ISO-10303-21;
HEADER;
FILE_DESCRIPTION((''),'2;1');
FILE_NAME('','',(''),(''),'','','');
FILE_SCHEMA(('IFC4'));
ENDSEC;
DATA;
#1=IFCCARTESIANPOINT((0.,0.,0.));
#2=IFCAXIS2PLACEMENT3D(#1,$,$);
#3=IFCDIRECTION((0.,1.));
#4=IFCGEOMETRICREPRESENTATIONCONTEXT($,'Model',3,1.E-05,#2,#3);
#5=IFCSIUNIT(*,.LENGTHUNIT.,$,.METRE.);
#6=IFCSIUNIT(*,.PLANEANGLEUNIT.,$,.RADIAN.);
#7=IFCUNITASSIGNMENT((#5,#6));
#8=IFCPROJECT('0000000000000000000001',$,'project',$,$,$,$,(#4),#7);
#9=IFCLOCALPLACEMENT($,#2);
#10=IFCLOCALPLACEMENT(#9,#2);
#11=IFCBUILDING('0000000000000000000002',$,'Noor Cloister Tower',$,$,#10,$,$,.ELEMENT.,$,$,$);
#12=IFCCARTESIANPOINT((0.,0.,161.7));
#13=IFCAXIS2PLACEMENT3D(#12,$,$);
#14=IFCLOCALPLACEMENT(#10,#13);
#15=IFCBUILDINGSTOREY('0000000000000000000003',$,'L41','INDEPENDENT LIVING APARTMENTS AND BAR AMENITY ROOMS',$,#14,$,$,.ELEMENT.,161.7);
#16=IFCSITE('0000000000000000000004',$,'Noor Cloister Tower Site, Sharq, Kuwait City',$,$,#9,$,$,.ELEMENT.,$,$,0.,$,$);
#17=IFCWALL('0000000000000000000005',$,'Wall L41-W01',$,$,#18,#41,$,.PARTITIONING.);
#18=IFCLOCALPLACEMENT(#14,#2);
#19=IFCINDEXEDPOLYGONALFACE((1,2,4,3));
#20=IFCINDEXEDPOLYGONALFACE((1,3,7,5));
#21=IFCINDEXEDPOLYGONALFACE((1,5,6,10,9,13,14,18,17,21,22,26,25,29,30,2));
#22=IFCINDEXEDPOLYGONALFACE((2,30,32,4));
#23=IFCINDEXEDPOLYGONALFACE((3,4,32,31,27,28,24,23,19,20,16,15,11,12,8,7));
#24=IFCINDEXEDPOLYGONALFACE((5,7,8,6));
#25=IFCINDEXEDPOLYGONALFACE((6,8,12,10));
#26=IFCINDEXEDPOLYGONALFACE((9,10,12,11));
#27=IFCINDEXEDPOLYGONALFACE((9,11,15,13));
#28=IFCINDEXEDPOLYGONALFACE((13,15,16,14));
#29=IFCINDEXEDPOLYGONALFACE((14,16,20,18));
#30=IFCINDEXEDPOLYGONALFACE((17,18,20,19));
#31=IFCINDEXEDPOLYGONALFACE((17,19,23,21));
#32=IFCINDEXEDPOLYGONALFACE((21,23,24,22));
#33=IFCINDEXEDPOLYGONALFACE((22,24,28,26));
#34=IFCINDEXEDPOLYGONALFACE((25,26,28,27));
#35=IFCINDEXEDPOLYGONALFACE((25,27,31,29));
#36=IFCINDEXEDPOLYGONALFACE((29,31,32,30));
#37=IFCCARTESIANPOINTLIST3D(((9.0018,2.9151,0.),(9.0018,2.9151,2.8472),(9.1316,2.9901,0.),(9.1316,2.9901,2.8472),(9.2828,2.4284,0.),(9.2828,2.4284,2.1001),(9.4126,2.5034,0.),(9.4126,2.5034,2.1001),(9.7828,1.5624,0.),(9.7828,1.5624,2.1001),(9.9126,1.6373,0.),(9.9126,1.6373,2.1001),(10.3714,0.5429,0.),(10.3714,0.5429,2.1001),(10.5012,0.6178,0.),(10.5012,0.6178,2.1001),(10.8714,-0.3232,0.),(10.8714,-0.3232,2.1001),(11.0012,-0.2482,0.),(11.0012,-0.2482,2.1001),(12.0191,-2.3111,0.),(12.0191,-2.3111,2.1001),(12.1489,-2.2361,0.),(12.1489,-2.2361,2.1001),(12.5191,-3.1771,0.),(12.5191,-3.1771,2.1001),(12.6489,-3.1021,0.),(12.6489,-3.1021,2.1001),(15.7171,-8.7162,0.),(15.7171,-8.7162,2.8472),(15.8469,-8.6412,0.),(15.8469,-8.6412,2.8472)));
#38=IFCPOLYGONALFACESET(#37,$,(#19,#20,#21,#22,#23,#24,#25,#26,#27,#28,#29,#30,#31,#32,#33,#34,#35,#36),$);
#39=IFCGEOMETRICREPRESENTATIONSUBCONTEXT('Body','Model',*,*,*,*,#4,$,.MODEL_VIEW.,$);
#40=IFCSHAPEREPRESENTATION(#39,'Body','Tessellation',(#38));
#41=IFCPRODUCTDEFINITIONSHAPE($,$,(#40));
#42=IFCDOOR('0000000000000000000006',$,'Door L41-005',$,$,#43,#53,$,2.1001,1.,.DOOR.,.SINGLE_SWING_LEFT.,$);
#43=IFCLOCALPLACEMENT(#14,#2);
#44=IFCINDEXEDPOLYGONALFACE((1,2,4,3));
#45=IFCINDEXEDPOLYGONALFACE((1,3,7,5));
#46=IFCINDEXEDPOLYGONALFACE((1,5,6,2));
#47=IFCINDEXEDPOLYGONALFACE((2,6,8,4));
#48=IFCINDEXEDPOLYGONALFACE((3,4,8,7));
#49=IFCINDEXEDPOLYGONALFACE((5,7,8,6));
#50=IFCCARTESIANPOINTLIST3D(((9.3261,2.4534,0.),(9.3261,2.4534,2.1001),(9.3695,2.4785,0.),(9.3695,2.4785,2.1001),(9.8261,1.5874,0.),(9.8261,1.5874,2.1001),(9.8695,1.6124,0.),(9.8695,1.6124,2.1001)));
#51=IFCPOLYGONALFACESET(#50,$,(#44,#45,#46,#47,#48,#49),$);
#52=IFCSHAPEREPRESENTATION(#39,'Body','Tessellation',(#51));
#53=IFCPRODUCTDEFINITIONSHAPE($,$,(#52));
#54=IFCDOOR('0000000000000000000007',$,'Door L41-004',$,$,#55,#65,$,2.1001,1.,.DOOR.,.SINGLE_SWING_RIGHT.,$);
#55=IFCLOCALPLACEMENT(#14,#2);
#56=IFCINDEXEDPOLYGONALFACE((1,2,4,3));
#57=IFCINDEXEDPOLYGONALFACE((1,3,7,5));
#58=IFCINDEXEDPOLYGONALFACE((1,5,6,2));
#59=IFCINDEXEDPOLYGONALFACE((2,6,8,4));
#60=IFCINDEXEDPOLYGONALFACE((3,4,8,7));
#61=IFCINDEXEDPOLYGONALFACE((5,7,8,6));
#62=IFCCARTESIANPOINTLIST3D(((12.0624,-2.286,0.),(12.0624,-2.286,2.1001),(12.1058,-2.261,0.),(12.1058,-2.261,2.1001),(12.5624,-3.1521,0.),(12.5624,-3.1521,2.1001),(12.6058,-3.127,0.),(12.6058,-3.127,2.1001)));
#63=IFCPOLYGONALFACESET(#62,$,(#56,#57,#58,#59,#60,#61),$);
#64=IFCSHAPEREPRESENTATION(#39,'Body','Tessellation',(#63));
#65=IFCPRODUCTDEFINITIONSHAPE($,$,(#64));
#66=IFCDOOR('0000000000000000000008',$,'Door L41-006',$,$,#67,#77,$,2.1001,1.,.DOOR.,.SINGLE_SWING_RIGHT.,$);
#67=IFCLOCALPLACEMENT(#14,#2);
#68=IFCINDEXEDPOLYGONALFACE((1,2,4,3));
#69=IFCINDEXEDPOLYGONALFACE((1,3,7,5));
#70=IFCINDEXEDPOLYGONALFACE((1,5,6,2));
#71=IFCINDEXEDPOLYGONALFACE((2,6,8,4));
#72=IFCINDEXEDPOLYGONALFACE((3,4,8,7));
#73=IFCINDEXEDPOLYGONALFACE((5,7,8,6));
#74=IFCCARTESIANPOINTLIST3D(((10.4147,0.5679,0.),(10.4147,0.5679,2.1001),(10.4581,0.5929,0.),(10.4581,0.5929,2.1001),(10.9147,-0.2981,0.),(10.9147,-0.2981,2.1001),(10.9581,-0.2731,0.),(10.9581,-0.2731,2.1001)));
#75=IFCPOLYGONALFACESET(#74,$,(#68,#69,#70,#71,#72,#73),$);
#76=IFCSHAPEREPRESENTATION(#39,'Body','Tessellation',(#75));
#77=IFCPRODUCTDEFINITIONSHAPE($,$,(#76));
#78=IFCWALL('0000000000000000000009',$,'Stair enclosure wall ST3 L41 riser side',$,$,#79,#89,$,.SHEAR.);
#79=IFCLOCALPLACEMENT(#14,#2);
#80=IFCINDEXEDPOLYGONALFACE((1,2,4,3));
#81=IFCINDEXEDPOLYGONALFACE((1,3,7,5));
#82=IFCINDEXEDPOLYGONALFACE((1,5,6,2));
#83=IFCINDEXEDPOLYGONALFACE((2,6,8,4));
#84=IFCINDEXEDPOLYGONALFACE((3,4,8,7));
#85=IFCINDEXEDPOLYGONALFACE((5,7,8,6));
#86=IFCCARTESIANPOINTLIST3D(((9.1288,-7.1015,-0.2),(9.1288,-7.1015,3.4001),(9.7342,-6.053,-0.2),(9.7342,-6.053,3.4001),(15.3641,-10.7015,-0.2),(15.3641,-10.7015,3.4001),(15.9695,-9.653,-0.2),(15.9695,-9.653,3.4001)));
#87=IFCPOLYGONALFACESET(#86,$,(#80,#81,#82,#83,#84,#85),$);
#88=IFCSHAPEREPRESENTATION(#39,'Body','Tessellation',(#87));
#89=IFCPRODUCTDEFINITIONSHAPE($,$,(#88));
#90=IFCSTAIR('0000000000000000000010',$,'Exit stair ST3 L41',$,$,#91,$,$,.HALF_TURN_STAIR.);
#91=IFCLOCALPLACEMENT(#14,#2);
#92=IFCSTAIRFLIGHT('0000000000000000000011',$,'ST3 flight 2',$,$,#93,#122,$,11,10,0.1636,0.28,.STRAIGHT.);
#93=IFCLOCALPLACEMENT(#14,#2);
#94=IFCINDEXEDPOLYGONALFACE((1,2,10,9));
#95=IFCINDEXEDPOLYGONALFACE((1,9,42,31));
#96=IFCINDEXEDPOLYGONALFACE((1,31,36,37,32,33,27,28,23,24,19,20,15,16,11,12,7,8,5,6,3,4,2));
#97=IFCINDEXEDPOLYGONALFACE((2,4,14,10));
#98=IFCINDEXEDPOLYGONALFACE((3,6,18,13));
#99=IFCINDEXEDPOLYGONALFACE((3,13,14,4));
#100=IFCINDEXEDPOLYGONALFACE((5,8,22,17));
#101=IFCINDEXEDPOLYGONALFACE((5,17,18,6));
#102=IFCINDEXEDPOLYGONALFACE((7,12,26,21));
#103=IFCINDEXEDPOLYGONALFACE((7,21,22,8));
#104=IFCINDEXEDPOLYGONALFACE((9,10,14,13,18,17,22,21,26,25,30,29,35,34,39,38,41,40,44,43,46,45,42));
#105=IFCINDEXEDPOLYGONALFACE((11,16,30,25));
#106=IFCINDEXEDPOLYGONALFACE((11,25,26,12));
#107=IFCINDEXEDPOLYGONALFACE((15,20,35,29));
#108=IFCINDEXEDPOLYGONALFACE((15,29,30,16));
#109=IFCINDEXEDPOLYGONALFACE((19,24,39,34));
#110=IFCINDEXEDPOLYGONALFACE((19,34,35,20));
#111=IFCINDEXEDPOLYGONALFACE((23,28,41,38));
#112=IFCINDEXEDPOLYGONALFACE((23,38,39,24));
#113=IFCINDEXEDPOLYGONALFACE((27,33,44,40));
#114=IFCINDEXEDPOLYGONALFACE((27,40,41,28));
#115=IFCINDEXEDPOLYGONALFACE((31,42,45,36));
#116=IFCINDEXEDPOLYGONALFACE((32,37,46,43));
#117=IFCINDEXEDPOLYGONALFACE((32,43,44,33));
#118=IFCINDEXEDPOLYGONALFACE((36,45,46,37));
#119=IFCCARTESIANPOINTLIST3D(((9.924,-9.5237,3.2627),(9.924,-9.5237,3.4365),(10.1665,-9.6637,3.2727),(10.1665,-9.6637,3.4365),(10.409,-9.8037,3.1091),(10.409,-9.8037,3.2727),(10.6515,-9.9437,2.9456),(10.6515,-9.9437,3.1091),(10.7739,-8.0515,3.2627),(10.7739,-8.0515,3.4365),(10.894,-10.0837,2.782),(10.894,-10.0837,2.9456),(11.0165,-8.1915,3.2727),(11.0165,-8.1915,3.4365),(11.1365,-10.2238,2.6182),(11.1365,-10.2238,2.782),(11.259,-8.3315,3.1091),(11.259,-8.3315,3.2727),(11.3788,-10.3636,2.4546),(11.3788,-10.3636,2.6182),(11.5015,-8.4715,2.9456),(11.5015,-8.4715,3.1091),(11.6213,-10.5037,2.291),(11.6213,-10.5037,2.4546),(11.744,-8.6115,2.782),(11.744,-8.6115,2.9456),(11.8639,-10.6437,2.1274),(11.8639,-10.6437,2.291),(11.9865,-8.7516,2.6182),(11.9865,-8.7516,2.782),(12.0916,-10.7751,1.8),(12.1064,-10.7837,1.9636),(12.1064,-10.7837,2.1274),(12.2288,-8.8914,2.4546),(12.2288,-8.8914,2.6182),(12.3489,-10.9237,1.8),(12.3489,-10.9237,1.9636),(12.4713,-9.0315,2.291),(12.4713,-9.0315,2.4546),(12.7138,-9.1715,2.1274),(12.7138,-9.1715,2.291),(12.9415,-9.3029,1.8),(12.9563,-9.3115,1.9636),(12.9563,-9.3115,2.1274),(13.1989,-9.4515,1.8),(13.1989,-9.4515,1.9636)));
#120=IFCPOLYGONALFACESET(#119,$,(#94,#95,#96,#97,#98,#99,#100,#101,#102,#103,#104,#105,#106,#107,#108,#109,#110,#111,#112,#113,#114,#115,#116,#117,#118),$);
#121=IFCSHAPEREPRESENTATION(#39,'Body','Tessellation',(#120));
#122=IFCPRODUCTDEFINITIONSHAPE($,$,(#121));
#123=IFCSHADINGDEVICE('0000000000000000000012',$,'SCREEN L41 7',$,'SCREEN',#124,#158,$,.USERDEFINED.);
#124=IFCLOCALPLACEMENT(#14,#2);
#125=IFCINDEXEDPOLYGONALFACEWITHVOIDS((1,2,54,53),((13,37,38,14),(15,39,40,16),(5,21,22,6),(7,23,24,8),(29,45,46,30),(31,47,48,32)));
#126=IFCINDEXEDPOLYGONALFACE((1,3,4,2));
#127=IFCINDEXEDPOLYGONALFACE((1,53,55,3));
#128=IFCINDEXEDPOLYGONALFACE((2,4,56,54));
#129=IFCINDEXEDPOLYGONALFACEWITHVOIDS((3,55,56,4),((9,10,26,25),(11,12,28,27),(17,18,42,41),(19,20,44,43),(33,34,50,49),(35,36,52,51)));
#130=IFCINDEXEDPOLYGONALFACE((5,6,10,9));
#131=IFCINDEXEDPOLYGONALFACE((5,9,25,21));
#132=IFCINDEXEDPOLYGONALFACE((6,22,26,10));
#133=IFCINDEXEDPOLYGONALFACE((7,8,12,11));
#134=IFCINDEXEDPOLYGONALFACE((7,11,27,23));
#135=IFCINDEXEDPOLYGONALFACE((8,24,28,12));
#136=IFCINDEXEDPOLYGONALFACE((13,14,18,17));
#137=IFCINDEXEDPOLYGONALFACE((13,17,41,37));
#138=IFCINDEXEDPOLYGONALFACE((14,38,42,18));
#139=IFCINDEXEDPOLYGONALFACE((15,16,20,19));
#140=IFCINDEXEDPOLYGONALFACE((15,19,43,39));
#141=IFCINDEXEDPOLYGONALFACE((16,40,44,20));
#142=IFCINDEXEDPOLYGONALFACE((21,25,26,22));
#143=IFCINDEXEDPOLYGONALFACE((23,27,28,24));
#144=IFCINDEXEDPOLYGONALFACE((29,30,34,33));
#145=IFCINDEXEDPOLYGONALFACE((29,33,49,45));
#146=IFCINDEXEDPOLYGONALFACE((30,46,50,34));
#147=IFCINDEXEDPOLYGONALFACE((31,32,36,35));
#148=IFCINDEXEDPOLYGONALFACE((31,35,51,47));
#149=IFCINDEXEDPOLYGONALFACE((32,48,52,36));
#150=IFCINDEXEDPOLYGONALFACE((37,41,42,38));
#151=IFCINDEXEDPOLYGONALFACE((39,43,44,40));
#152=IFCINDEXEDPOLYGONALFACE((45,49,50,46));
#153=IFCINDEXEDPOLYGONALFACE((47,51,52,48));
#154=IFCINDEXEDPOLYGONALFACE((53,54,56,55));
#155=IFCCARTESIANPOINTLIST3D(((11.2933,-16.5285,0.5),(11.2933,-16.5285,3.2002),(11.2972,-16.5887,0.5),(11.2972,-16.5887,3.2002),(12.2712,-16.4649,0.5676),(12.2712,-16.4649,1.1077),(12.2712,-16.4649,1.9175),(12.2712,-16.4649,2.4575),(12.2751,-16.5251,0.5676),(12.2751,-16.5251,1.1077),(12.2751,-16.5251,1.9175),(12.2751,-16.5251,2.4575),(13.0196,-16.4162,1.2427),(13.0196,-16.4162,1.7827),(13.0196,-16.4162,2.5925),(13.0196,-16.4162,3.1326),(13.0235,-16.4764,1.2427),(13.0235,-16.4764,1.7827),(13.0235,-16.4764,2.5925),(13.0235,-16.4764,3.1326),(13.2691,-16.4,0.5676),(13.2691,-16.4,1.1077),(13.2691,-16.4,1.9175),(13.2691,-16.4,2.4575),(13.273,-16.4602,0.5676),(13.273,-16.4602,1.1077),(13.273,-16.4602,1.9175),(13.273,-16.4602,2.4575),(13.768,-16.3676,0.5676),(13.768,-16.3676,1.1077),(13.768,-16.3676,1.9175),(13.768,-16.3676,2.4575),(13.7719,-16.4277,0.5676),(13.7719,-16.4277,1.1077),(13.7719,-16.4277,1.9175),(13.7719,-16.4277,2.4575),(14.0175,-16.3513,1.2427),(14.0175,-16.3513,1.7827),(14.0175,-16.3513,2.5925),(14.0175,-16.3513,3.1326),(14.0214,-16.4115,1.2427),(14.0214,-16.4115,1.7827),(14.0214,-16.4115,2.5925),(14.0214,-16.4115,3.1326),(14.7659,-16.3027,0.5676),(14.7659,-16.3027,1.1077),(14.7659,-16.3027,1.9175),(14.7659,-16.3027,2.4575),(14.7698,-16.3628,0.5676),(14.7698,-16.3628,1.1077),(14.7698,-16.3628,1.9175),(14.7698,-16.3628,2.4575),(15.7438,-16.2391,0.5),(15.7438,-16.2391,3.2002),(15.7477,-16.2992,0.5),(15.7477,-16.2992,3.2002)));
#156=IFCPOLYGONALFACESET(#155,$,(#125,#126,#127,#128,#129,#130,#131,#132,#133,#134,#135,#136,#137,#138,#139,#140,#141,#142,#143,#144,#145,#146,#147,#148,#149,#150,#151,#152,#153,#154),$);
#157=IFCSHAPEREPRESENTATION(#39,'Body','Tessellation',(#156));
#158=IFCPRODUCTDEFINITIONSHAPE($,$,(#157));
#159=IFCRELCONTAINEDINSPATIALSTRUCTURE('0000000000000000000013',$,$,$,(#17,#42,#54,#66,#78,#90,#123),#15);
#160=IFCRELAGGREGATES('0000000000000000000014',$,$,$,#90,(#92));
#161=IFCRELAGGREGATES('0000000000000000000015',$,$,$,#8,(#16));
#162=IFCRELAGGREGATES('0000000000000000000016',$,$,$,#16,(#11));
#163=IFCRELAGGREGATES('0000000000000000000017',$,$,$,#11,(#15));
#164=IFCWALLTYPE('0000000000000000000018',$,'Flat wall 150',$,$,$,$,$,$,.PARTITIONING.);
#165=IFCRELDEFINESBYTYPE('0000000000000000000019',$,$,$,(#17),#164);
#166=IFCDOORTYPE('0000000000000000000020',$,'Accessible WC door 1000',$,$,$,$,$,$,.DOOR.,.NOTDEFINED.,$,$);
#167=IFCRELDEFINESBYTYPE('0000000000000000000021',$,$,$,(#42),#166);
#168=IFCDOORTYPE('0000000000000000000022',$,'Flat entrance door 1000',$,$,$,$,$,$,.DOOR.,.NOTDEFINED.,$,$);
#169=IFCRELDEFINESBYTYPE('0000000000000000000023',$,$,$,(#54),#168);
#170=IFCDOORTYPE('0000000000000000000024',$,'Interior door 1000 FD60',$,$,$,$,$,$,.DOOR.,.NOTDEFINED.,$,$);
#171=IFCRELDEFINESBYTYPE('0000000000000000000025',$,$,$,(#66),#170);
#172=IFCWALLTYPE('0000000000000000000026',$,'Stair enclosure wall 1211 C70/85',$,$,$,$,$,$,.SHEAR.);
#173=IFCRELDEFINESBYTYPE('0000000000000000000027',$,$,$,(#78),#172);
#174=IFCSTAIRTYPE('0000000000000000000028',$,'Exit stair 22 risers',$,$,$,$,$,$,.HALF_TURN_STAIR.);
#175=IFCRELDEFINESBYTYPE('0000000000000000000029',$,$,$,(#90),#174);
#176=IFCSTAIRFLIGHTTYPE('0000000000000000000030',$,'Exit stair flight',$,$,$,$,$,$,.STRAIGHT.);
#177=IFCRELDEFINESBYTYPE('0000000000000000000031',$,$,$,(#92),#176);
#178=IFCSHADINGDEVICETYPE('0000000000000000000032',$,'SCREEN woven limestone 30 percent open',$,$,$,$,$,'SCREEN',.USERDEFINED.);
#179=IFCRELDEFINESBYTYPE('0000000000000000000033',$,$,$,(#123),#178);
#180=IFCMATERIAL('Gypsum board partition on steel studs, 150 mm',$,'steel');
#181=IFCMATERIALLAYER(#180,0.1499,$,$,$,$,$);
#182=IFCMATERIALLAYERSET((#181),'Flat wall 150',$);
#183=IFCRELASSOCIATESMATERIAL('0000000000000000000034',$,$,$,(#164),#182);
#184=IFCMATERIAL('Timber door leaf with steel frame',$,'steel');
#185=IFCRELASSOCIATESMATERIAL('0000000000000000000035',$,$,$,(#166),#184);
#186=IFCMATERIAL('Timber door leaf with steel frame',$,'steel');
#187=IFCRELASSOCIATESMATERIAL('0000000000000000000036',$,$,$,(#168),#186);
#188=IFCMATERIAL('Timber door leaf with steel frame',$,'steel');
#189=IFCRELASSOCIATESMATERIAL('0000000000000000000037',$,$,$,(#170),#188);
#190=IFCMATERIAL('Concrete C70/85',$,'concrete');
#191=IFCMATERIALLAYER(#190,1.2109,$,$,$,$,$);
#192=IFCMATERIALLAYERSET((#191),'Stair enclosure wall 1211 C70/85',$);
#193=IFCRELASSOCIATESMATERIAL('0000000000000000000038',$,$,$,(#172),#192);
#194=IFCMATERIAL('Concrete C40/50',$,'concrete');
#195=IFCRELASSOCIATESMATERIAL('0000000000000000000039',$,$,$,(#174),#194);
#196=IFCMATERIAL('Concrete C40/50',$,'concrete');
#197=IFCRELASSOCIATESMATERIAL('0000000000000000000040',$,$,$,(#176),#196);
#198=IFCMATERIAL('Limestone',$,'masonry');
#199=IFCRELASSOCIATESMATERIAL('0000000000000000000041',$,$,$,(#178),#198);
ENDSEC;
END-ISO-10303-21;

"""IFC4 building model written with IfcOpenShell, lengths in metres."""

from ifc_helpers import new_model, si_unit, direction, frame, frame_2d, origin, place, context, subcontext, project, spatial, polyline, rectangle, outline, extrude, material, layer, layer_set, material_profile, profile_set, type_object, element, fill, aggregate, save


model = new_model("IFC4")

# Units and contexts
model_context = context("Model", 3, precision=1e-05, world=origin(), true_north=direction((0.0, 1.0)))
body_context = subcontext(model_context, "Body", "Model", "MODEL_VIEW")
ifc_project = project(units=[si_unit("LENGTHUNIT", "METRE"), si_unit("PLANEANGLEUNIT", "RADIAN")], contexts=[model_context])

# Site, building, storey
site_placement = place(None, origin())
site = spatial("IfcSite", under=ifc_project, at=site_placement, Name="Noor Cloister Tower Site, Sharq, Kuwait City", CompositionType="ELEMENT", RefElevation=0.0)
building_placement = place(site_placement, origin())
building = spatial("IfcBuilding", under=site, at=building_placement, Name="Noor Cloister Tower", CompositionType="ELEMENT")
storey_placement = place(building_placement, frame((0.0, 0.0, 161.7)))
storey = spatial("IfcBuildingStorey", under=building, at=storey_placement, Name="L41", Description="INDEPENDENT LIVING APARTMENTS AND BAR AMENITY ROOMS", CompositionType="ELEMENT", Elevation=161.7)

# Wall, openings, doors
ifc_material_1 = material(Name="Gypsum board partition on steel studs, 150 mm", Category="steel")
ifc_layer_1 = layer(ifc_material_1, 0.1499)
ifc_layer_set_1 = layer_set([ifc_layer_1], Name="Flat wall 150")
wall_type_1 = type_object("IfcWallType", Name="Flat wall 150", PredefinedType="PARTITIONING", material=ifc_layer_set_1)
wall_1_placement = place(storey_placement, frame((15.782, -8.6787, 0.0), z_axis=(0.0, 0.0, 1.0), x_axis=(-0.499998, 0.866026, 0.0)))
wall_1 = element("IfcWall", 1, at=wall_1_placement, inside=storey, type_object=wall_type_1, Name="Wall L41-W01", PredefinedType="PARTITIONING", context=body_context, shape_type="SweptSolid", body=[
    extrude(rectangle(XDim=13.4307, YDim=0.1499, at=frame_2d((6.7153, 0.0))), origin(), (0.0, 0.0, 1.0), 2.8472),
])
opening_1_placement = place(wall_1_placement, frame((6.396, 0.0, 0.0)))
opening_1 = element("IfcOpeningElement", 2, at=opening_1_placement, cuts=wall_1, PredefinedType="OPENING", context=body_context, shape_type="SweptSolid", body=[
    extrude(rectangle(XDim=1.0, YDim=2.1001, at=frame_2d((0.5, 1.05))), frame((0.0, 0.085, 0.0), z_axis=(0.0, -1.0, 0.0), x_axis=(1.0, 0.0, 0.0)), (0.0, 0.0, 1.0), 0.1699),
])
opening_2_placement = place(wall_1_placement, frame((11.8687, 0.0, 0.0)))
opening_2 = element("IfcOpeningElement", 3, at=opening_2_placement, cuts=wall_1, PredefinedType="OPENING", context=body_context, shape_type="SweptSolid", body=[
    extrude(rectangle(XDim=1.0, YDim=2.1001, at=frame_2d((0.5, 1.05))), frame((0.0, 0.085, 0.0), z_axis=(0.0, -1.0, 0.0), x_axis=(1.0, 0.0, 0.0)), (0.0, 0.0, 1.0), 0.1699),
])
opening_3_placement = place(wall_1_placement, frame((9.6914, 0.0, 0.0)))
opening_3 = element("IfcOpeningElement", 4, at=opening_3_placement, cuts=wall_1, PredefinedType="OPENING", context=body_context, shape_type="SweptSolid", body=[
    extrude(rectangle(XDim=1.0, YDim=2.1001, at=frame_2d((0.5, 1.05))), frame((0.0, 0.085, 0.0), z_axis=(0.0, -1.0, 0.0), x_axis=(1.0, 0.0, 0.0)), (0.0, 0.0, 1.0), 0.1699),
])
ifc_material_2 = material(Name="Timber door leaf with steel frame", Category="steel")
door_type_1 = type_object("IfcDoorType", Name="Accessible WC door 1000", OperationType="NOTDEFINED", PredefinedType="DOOR", material=ifc_material_2)
door_1_placement = place(opening_2_placement, origin())
door_1 = element("IfcDoor", 5, at=door_1_placement, inside=storey, type_object=door_type_1, Name="Door L41-005", OperationType="SINGLE_SWING_LEFT", OverallHeight=2.1001, OverallWidth=1.0, PredefinedType="DOOR", context=body_context, shape_type="SweptSolid", body=[
    extrude(rectangle(XDim=1.0, YDim=2.1001, at=frame_2d((0.5, 1.05))), frame((0.0, 0.0249, 0.0), z_axis=(0.0, -1.0, 0.0), x_axis=(1.0, 0.0, 0.0)), (0.0, 0.0, 1.0), 0.05),
])
fill(opening_2, door_1)
ifc_material_3 = material(Name="Timber door leaf with steel frame", Category="steel")
door_type_2 = type_object("IfcDoorType", Name="Flat entrance door 1000", OperationType="NOTDEFINED", PredefinedType="DOOR", material=ifc_material_3)
door_2_placement = place(opening_1_placement, origin())
door_2 = element("IfcDoor", 6, at=door_2_placement, inside=storey, type_object=door_type_2, Name="Door L41-004", OperationType="SINGLE_SWING_RIGHT", OverallHeight=2.1001, OverallWidth=1.0, PredefinedType="DOOR", context=body_context, shape_type="SweptSolid", body=[
    extrude(rectangle(XDim=1.0, YDim=2.1001, at=frame_2d((0.5, 1.05))), frame((0.0, 0.0249, 0.0), z_axis=(0.0, -1.0, 0.0), x_axis=(1.0, 0.0, 0.0)), (0.0, 0.0, 1.0), 0.05),
])
fill(opening_1, door_2)
ifc_material_4 = material(Name="Timber door leaf with steel frame", Category="steel")
door_type_3 = type_object("IfcDoorType", Name="Interior door 1000 FD60", OperationType="NOTDEFINED", PredefinedType="DOOR", material=ifc_material_4)
door_3_placement = place(opening_3_placement, origin())
door_3 = element("IfcDoor", 7, at=door_3_placement, inside=storey, type_object=door_type_3, Name="Door L41-006", OperationType="SINGLE_SWING_RIGHT", OverallHeight=2.1001, OverallWidth=1.0, PredefinedType="DOOR", context=body_context, shape_type="SweptSolid", body=[
    extrude(rectangle(XDim=1.0, YDim=2.1001, at=frame_2d((0.5, 1.05))), frame((0.0, 0.0249, 0.0), z_axis=(0.0, -1.0, 0.0), x_axis=(1.0, 0.0, 0.0)), (0.0, 0.0, 1.0), 0.05),
])
fill(opening_3, door_3)

# Wall
ifc_material_5 = material(Name="Concrete C70/85", Category="concrete")
ifc_layer_2 = layer(ifc_material_5, 1.2109)
ifc_layer_set_2 = layer_set([ifc_layer_2], Name="Stair enclosure wall 1211 C70/85")
wall_type_2 = type_object("IfcWallType", Name="Stair enclosure wall 1211 C70/85", PredefinedType="SHEAR", material=ifc_layer_set_2)
wall_2_placement = place(storey_placement, frame((9.4314, -6.5771, -0.2), z_axis=(0.0, 0.0, 1.0), x_axis=(0.866018, -0.500012, 0.0)))
element("IfcWall", 8, at=wall_2_placement, inside=storey, type_object=wall_type_2, Name="Stair enclosure wall ST3 L41 riser side", PredefinedType="SHEAR", context=body_context, shape_type="SweptSolid", body=[
    extrude(rectangle(XDim=7.2, YDim=1.2107, at=frame_2d((3.6001, 0.0))), origin(), (0.0, 0.0, 1.0), 3.6001),
])

# Stair, stair flight
ifc_material_6 = material(Name="Concrete C40/50", Category="concrete")
stair_type = type_object("IfcStairType", Name="Exit stair 22 risers", PredefinedType="HALF_TURN_STAIR", material=ifc_material_6)
stair_placement = place(storey_placement, origin())
stair = element("IfcStair", 9, at=stair_placement, inside=storey, type_object=stair_type, Name="Exit stair ST3 L41", PredefinedType="HALF_TURN_STAIR")
ifc_material_7 = material(Name="Concrete C40/50", Category="concrete")
stair_flight_type = type_object("IfcStairFlightType", Name="Exit stair flight", PredefinedType="STRAIGHT", material=ifc_material_7)
stair_flight_placement = place(storey_placement, frame((12.7739, -10.1875, 1.8), z_axis=(0.0, 0.0, 1.0), x_axis=(-0.866025, 0.5, 0.0)))
stair_flight = element("IfcStairFlight", 10, at=stair_flight_placement, type_object=stair_flight_type, Name="ST3 flight 2", NumberOfRisers=11, NumberOfTreads=10, PredefinedType="STRAIGHT", RiserHeight=0.1636, TreadLength=0.28, context=body_context, shape_type="SweptSolid", body=[
    extrude(outline(polyline([(0.0, 0.0), (0.0, 0.1636), (0.28, 0.1636), (0.28, 0.3274), (0.5601, 0.3274), (0.5601, 0.491), (0.8401, 0.491), (0.8401, 0.6545), (1.1201, 0.6545), (1.1201, 0.8181), (1.3999, 0.8181), (1.3999, 0.9819), (1.6799, 0.9819), (1.6799, 1.1455), (1.96, 1.1455), (1.96, 1.3091), (2.24, 1.3091), (2.24, 1.4727), (2.52, 1.4727), (2.52, 1.6365), (2.8, 1.6365), (2.8, 1.8), (2.8, 1.4626), (0.2971, 0.0), (0.0, 0.0)])), frame((0.0, 0.8501, 0.0), z_axis=(0.0, -1.0, 0.0), x_axis=(1.0, 0.0, 0.0)), (0.0, 0.0, 1.0), 1.7),
])
aggregate(stair, [stair_flight])

# Shading device
ifc_material_8 = material(Name="Limestone", Category="masonry")
ifc_material_profile_1 = material_profile(ifc_material_8, outline(polyline([(-2.23, -1.3501), (2.23, -1.3501), (2.23, 1.3501), (-2.23, 1.3501), (-2.23, -1.3501)]), holes=[polyline([(-1.25, -1.2825), (-0.25, -1.2825), (-0.25, -0.7424), (-1.25, -0.7424), (-1.25, -1.2825)]), polyline([(0.25, -1.2825), (1.25, -1.2825), (1.25, -0.7424), (0.25, -0.7424), (0.25, -1.2825)]), polyline([(-0.5, -0.6074), (0.5, -0.6074), (0.5, -0.0674), (-0.5, -0.0674), (-0.5, -0.6074)]), polyline([(-1.25, 0.0674), (-0.25, 0.0674), (-0.25, 0.6074), (-1.25, 0.6074), (-1.25, 0.0674)]), polyline([(0.25, 0.0674), (1.25, 0.0674), (1.25, 0.6074), (0.25, 0.6074), (0.25, 0.0674)]), polyline([(-0.5, 0.7424), (0.5, 0.7424), (0.5, 1.2825), (-0.5, 1.2825), (-0.5, 0.7424)])]), Name="Woven screen 30 percent open")
ifc_profile_set_1 = profile_set([ifc_material_profile_1], Name="Limestone")
shading_device_type = type_object("IfcShadingDeviceType", Name="SCREEN woven limestone 30 percent open", ElementType="SCREEN", PredefinedType="USERDEFINED", material=ifc_profile_set_1)
shading_device_placement = place(storey_placement, frame((13.5186, -16.3838, 1.8501), z_axis=(0.064904, -0.997892, 0.0), x_axis=(0.997892, 0.064904, 0.0)))
element("IfcShadingDevice", 11, at=shading_device_placement, inside=storey, type_object=shading_device_type, Name="SCREEN L41 7", ObjectType="SCREEN", PredefinedType="USERDEFINED", context=body_context, shape_type="SweptSolid", body=[
    extrude(outline(polyline([(-2.23, -1.3501), (2.23, -1.3501), (2.23, 1.3501), (-2.23, 1.3501), (-2.23, -1.3501)]), holes=[polyline([(-1.25, -1.2825), (-0.25, -1.2825), (-0.25, -0.7424), (-1.25, -0.7424), (-1.25, -1.2825)]), polyline([(0.25, -1.2825), (1.25, -1.2825), (1.25, -0.7424), (0.25, -0.7424), (0.25, -1.2825)]), polyline([(-0.5, -0.6074), (0.5, -0.6074), (0.5, -0.0674), (-0.5, -0.0674), (-0.5, -0.6074)]), polyline([(-1.25, 0.0674), (-0.25, 0.0674), (-0.25, 0.6074), (-1.25, 0.6074), (-1.25, 0.0674)]), polyline([(0.25, 0.0674), (1.25, 0.0674), (1.25, 0.6074), (0.25, 0.6074), (0.25, 0.0674)]), polyline([(-0.5, 0.7424), (0.5, 0.7424), (0.5, 1.2825), (-0.5, 1.2825), (-0.5, 0.7424)])]), origin(), (0.0, 0.0, 1.0), 0.0603),
])

save(model, "model.ifc")
